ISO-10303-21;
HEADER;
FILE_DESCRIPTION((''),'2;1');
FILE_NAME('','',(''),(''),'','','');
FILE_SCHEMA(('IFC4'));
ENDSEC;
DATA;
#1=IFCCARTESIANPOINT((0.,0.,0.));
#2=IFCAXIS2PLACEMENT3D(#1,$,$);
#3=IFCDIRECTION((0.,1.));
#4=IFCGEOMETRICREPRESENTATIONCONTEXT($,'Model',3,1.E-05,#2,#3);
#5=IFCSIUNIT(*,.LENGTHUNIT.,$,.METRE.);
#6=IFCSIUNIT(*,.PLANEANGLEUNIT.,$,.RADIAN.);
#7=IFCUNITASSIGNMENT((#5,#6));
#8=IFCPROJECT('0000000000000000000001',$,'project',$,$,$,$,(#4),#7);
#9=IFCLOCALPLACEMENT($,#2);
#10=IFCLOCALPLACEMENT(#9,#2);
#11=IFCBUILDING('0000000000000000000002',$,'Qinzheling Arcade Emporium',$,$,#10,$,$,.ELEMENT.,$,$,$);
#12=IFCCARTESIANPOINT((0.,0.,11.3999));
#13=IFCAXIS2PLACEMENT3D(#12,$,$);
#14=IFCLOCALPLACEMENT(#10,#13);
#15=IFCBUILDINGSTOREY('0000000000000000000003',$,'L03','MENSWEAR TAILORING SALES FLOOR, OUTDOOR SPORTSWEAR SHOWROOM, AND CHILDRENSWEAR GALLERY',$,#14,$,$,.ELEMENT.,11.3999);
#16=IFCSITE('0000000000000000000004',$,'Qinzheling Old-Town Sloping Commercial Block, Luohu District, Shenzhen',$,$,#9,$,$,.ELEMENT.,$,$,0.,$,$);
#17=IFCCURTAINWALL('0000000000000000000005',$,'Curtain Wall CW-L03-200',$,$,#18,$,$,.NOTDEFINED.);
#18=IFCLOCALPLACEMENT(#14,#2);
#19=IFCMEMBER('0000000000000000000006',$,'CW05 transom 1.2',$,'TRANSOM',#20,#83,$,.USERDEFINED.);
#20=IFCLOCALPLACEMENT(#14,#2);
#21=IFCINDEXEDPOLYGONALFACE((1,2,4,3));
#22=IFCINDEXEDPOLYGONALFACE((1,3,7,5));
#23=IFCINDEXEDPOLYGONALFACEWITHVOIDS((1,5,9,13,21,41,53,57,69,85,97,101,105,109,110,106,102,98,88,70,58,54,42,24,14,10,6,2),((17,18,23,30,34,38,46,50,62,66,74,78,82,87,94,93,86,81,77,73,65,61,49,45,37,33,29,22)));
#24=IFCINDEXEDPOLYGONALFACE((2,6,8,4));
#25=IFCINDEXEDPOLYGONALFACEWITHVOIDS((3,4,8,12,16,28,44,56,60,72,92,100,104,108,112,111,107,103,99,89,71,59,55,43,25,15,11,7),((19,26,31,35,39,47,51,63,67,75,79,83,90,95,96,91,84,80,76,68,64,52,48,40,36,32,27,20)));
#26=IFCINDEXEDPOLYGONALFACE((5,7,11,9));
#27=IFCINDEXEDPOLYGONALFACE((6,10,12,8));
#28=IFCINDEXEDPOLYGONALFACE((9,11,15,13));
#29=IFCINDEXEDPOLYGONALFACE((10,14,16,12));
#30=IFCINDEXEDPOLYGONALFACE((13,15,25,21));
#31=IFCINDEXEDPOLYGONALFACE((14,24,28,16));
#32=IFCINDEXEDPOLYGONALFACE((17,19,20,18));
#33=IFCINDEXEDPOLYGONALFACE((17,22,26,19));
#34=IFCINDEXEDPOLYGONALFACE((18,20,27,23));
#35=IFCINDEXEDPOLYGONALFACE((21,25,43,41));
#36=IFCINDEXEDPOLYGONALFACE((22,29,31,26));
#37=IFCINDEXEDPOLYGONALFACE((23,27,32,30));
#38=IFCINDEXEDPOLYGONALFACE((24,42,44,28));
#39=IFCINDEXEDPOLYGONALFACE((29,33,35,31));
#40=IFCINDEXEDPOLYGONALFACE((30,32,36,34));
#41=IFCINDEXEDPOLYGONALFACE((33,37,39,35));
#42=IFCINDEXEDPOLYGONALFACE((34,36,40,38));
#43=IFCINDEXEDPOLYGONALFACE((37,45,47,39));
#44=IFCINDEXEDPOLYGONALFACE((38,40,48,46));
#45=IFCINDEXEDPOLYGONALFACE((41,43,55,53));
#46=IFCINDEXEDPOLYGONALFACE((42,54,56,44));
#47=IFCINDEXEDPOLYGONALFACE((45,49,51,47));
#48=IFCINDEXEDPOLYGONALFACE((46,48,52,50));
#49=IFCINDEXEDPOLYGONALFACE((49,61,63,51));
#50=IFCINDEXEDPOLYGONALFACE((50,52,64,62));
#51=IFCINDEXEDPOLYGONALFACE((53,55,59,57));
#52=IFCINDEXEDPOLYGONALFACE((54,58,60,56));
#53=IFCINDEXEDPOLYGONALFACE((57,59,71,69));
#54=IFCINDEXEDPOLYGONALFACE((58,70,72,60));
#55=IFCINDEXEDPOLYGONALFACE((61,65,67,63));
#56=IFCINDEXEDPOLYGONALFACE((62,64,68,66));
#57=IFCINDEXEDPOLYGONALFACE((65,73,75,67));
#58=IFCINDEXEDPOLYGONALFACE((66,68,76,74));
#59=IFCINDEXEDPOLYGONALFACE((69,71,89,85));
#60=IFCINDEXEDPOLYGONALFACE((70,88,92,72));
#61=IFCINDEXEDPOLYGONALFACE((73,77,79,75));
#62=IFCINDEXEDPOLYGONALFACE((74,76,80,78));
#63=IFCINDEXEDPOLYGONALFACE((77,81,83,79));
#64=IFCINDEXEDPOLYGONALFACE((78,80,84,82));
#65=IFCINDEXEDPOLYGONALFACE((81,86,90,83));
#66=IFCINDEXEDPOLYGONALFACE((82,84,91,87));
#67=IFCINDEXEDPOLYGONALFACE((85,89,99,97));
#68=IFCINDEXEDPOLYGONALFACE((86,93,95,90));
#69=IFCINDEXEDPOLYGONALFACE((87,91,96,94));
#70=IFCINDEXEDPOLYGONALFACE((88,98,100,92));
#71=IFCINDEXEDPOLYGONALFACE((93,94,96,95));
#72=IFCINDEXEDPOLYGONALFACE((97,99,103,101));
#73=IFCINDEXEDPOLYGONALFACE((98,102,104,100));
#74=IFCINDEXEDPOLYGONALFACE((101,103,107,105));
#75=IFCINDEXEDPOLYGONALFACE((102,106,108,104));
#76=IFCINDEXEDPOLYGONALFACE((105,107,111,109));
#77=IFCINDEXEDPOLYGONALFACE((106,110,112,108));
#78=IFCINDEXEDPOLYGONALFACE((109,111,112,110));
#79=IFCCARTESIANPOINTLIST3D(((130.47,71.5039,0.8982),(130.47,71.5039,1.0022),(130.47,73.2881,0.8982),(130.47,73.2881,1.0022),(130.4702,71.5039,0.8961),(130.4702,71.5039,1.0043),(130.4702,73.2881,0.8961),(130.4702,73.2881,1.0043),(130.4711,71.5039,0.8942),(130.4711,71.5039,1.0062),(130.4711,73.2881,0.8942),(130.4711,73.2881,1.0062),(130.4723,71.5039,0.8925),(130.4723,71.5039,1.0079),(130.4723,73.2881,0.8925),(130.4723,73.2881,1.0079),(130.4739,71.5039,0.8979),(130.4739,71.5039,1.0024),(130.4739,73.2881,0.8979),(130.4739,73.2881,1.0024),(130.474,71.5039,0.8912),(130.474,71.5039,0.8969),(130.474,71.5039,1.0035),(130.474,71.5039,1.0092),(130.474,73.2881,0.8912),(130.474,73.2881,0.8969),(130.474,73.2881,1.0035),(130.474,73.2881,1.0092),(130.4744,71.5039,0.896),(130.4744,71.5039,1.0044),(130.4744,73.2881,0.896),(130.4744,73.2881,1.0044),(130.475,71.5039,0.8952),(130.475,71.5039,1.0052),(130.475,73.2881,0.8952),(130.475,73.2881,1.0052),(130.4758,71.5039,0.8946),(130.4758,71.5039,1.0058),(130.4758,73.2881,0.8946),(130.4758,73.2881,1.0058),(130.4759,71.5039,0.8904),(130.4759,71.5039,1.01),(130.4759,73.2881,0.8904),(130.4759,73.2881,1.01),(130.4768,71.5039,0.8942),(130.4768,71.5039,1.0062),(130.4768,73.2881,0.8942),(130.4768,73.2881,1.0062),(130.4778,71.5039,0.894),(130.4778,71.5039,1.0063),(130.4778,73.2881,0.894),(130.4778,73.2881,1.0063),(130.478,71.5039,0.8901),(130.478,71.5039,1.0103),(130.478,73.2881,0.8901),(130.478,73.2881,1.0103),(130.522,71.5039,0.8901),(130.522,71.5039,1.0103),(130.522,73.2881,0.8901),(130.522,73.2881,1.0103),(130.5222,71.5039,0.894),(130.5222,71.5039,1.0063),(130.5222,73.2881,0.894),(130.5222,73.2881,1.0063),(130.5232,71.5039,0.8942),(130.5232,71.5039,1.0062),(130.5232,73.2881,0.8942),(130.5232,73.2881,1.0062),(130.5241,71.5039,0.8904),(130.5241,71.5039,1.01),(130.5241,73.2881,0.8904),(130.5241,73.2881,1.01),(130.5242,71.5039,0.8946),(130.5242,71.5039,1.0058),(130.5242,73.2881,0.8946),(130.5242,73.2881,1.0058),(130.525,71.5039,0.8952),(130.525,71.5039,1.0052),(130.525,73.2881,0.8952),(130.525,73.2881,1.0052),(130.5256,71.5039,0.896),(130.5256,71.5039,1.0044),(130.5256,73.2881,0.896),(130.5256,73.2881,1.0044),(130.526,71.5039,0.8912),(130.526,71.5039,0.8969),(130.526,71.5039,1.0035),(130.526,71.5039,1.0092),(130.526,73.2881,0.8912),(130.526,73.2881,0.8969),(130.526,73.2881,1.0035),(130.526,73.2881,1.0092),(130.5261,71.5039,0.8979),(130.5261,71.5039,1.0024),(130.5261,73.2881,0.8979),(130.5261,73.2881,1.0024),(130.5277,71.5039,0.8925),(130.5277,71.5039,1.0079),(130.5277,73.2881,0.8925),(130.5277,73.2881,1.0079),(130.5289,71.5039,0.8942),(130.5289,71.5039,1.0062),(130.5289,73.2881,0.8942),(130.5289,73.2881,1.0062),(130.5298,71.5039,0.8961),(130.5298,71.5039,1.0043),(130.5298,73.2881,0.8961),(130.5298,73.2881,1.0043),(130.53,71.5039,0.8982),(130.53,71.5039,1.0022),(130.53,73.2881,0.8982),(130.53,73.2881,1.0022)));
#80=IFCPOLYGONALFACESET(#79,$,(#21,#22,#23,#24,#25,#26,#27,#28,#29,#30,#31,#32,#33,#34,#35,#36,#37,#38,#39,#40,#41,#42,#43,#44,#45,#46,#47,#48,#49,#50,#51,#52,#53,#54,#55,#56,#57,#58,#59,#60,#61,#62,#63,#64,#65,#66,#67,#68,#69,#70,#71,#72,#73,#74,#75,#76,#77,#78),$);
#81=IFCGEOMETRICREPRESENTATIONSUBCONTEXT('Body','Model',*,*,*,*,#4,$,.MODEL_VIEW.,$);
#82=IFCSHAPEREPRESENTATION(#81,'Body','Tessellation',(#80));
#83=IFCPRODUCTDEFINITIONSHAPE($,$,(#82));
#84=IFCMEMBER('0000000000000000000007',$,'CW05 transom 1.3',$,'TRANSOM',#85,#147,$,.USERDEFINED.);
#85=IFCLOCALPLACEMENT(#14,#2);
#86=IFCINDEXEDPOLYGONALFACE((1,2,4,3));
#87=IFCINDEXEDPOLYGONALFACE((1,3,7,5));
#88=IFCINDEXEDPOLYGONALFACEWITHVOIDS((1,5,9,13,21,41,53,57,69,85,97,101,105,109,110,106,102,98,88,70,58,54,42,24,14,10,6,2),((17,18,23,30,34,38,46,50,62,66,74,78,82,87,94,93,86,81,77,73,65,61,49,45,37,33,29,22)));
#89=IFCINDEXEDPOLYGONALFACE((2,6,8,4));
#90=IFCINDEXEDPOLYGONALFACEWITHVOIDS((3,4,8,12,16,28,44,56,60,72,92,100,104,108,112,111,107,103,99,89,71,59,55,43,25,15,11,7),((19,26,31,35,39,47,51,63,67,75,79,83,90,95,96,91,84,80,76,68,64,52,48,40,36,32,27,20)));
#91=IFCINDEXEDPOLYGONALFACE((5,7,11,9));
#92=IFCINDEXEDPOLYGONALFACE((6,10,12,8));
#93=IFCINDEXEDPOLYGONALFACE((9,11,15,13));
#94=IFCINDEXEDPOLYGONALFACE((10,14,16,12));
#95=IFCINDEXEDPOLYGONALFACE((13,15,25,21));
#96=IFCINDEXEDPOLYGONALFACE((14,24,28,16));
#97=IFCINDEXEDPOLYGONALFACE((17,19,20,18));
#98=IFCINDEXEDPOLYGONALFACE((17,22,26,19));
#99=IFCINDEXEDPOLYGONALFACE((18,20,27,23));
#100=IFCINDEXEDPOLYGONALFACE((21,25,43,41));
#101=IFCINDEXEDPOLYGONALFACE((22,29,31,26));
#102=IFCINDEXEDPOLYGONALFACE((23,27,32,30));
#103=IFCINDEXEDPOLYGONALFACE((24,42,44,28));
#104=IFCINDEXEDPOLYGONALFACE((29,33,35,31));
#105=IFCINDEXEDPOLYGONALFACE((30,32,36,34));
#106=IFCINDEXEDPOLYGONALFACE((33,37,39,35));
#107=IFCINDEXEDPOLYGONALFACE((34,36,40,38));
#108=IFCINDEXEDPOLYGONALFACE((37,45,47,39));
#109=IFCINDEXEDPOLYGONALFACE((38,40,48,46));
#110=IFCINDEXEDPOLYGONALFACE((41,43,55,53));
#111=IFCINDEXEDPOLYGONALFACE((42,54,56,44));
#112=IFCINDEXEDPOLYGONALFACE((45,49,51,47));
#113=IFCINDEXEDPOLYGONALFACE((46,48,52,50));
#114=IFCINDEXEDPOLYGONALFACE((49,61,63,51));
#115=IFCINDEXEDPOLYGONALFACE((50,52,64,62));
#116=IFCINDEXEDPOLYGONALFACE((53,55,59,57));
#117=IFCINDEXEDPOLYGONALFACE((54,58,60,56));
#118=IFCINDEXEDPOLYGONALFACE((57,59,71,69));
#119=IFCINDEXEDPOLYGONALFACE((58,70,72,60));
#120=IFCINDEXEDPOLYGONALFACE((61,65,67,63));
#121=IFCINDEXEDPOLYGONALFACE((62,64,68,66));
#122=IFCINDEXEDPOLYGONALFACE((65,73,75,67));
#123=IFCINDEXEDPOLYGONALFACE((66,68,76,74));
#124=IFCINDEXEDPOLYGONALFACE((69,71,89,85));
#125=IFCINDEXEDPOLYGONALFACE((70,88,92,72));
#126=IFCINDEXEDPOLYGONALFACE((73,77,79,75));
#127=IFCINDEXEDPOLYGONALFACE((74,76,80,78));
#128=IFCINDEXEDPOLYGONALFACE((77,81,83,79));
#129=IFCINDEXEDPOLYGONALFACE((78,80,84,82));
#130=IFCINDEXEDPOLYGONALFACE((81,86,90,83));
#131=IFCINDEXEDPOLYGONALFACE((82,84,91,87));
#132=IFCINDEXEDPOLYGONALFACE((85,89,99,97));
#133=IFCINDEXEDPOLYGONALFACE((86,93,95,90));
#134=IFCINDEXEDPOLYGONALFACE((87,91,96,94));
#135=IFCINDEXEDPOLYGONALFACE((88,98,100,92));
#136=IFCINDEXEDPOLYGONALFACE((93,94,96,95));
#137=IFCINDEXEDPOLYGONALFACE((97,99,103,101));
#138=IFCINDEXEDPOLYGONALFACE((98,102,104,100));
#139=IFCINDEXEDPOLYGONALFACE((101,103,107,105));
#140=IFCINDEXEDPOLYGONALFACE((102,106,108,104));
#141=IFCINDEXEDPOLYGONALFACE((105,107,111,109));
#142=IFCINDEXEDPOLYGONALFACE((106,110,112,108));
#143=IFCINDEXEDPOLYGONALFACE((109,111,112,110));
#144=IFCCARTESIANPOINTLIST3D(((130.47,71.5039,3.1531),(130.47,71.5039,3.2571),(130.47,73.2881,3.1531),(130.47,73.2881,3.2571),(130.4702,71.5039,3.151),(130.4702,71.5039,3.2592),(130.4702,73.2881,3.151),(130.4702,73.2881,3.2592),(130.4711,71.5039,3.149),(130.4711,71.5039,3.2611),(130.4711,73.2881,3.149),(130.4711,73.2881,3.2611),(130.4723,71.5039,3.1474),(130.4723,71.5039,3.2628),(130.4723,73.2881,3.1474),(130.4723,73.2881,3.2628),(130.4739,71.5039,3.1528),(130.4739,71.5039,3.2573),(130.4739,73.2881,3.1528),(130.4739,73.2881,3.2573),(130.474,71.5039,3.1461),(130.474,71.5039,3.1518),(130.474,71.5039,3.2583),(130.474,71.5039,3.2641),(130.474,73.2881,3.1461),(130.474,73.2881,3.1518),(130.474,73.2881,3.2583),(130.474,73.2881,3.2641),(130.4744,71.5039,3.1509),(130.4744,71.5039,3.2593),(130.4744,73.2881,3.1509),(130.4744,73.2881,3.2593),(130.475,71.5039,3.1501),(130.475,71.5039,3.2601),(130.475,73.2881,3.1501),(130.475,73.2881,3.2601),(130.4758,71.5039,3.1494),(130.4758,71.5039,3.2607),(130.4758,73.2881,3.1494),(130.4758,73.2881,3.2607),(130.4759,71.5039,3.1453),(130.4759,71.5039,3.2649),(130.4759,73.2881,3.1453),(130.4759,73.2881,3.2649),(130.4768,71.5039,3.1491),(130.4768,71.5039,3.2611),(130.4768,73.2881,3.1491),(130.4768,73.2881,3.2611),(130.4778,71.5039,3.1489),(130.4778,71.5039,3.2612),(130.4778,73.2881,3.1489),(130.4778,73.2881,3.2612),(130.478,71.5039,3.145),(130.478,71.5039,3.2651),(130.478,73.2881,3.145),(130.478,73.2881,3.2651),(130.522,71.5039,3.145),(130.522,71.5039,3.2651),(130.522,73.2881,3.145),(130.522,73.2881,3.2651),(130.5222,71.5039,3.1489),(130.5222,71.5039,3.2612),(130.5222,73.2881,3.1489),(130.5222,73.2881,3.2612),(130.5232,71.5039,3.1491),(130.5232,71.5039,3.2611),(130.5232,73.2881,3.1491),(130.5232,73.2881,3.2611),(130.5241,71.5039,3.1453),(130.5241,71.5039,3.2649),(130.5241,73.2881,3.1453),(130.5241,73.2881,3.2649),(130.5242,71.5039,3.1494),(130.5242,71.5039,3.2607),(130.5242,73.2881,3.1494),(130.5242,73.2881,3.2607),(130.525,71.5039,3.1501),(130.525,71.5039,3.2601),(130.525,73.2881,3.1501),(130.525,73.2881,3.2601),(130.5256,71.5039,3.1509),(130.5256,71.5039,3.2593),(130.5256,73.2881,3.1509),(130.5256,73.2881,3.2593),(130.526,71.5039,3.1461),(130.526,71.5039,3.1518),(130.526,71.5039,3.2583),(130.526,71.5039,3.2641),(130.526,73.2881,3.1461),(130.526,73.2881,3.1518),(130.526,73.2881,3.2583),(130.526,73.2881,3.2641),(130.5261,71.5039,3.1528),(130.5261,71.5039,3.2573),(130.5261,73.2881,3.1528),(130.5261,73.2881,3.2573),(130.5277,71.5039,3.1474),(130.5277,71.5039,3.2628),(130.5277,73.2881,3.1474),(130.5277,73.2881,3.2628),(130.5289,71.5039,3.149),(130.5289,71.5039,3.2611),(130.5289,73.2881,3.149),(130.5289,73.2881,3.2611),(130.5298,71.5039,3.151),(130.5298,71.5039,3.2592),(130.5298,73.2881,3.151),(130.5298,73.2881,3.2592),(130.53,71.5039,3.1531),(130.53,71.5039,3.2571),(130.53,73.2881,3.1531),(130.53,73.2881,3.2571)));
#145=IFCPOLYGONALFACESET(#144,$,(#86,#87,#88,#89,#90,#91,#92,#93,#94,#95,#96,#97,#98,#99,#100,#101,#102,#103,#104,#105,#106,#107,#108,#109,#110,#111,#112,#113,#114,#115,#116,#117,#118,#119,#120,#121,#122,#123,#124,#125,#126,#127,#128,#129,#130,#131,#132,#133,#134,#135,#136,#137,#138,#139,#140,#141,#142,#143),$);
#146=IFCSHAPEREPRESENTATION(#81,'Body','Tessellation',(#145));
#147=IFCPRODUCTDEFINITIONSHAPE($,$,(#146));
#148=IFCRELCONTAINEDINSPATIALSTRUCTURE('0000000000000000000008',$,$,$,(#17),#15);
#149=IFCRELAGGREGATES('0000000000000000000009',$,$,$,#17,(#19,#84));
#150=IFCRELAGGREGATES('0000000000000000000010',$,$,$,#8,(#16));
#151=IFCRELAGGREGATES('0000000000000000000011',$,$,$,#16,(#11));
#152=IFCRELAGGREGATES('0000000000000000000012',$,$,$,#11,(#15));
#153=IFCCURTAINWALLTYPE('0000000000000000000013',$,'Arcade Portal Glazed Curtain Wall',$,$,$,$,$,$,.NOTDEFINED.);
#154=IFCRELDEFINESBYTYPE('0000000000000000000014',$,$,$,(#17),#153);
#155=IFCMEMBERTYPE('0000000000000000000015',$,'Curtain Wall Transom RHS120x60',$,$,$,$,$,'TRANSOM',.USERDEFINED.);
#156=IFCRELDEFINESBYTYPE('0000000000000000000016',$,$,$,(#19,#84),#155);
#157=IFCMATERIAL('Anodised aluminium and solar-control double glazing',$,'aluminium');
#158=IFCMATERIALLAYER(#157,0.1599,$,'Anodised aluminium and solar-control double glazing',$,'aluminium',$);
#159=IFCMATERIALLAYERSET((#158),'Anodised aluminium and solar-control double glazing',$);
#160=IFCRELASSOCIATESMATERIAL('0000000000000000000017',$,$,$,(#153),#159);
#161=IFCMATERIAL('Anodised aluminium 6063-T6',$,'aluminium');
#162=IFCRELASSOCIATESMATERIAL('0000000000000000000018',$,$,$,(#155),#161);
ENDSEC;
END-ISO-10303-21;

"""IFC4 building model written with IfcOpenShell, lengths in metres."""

from ifc_helpers import new_model, si_unit, direction, frame, origin, origin_2d, place, context, subcontext, project, spatial, hollow_rectangle, extrude, material, layer, layer_set, material_profile, profile_set, type_object, element, aggregate, save


model = new_model("IFC4")

# Units and contexts
model_context = context("Model", 3, precision=1e-05, world=origin(), true_north=direction((0.0, 1.0)))
body_context = subcontext(model_context, "Body", "Model", "MODEL_VIEW")
ifc_project = project(units=[si_unit("LENGTHUNIT", "METRE"), si_unit("PLANEANGLEUNIT", "RADIAN")], contexts=[model_context])

# Site, building, storey
site_placement = place(None, origin())
site = spatial("IfcSite", under=ifc_project, at=site_placement, Name="Qinzheling Old-Town Sloping Commercial Block, Luohu District, Shenzhen", CompositionType="ELEMENT", RefElevation=0.0)
building_placement = place(site_placement, origin())
building = spatial("IfcBuilding", under=site, at=building_placement, Name="Qinzheling Arcade Emporium", CompositionType="ELEMENT")
storey_placement = place(building_placement, frame((0.0, 0.0, 11.3999)))
storey = spatial("IfcBuildingStorey", under=building, at=storey_placement, Name="L03", Description="MENSWEAR TAILORING SALES FLOOR, OUTDOOR SPORTSWEAR SHOWROOM, AND CHILDRENSWEAR GALLERY", CompositionType="ELEMENT", Elevation=11.3999)

# Shared definitions
ifc_material_1 = material(Name="Anodised aluminium and solar-control double glazing", Category="aluminium")
ifc_material_2 = material(Name="Anodised aluminium 6063-T6", Category="aluminium")

# Curtain wall
ifc_layer_1 = layer(ifc_material_1, 0.1599, Name="Anodised aluminium and solar-control double glazing", Category="aluminium")
ifc_layer_set_1 = layer_set([ifc_layer_1], Name="Anodised aluminium and solar-control double glazing")
curtain_wall_type_1 = type_object("IfcCurtainWallType", Name="Arcade Portal Glazed Curtain Wall", PredefinedType="NOTDEFINED", material=ifc_layer_set_1)
curtain_wall_1_placement = place(storey_placement, origin())
curtain_wall_1 = element("IfcCurtainWall", 1, at=curtain_wall_1_placement, inside=storey, type_object=curtain_wall_type_1, Name="Curtain Wall CW-L03-200", PredefinedType="NOTDEFINED")

# Members
ifc_material_profile_1 = material_profile(ifc_material_2, hollow_rectangle(XDim=0.0601, YDim=0.1201, WallThickness=0.0039, InnerFilletRadius=0.0039, OuterFilletRadius=0.0081, at=origin_2d()), Name="RHS 120x60x4", Category="aluminium")
ifc_profile_set_1 = profile_set([ifc_material_profile_1], Name="Anodised aluminium 6063-T6")
member_type_1 = type_object("IfcMemberType", Name="Curtain Wall Transom RHS120x60", ElementType="TRANSOM", PredefinedType="USERDEFINED", material=ifc_profile_set_1)
member_1_placement = place(storey_placement, frame((130.5, 73.2881, 0.9502), z_axis=(0.0, -1.0, 0.0), x_axis=(1.0, 0.0, 0.0)))
member_1 = element("IfcMember", 2, at=member_1_placement, type_object=member_type_1, Name="CW05 transom 1.2", ObjectType="TRANSOM", PredefinedType="USERDEFINED", context=body_context, shape_type="SweptSolid", body=[
    extrude(hollow_rectangle(XDim=0.0601, YDim=0.1201, WallThickness=0.0039, InnerFilletRadius=0.0039, OuterFilletRadius=0.0081, at=origin_2d()), origin(), (0.0, 0.0, 1.0), 1.7842),
])
member_2_placement = place(storey_placement, frame((130.5, 73.2881, 3.2051), z_axis=(0.0, -1.0, 0.0), x_axis=(1.0, 0.0, 0.0)))
member_2 = element("IfcMember", 3, at=member_2_placement, type_object=member_type_1, Name="CW05 transom 1.3", ObjectType="TRANSOM", PredefinedType="USERDEFINED", context=body_context, shape_type="SweptSolid", body=[
    extrude(hollow_rectangle(XDim=0.0601, YDim=0.1201, WallThickness=0.0039, InnerFilletRadius=0.0039, OuterFilletRadius=0.0081, at=origin_2d()), origin(), (0.0, 0.0, 1.0), 1.7842),
])

aggregate(curtain_wall_1, [member_1, member_2])

save(model, "model.ifc")
